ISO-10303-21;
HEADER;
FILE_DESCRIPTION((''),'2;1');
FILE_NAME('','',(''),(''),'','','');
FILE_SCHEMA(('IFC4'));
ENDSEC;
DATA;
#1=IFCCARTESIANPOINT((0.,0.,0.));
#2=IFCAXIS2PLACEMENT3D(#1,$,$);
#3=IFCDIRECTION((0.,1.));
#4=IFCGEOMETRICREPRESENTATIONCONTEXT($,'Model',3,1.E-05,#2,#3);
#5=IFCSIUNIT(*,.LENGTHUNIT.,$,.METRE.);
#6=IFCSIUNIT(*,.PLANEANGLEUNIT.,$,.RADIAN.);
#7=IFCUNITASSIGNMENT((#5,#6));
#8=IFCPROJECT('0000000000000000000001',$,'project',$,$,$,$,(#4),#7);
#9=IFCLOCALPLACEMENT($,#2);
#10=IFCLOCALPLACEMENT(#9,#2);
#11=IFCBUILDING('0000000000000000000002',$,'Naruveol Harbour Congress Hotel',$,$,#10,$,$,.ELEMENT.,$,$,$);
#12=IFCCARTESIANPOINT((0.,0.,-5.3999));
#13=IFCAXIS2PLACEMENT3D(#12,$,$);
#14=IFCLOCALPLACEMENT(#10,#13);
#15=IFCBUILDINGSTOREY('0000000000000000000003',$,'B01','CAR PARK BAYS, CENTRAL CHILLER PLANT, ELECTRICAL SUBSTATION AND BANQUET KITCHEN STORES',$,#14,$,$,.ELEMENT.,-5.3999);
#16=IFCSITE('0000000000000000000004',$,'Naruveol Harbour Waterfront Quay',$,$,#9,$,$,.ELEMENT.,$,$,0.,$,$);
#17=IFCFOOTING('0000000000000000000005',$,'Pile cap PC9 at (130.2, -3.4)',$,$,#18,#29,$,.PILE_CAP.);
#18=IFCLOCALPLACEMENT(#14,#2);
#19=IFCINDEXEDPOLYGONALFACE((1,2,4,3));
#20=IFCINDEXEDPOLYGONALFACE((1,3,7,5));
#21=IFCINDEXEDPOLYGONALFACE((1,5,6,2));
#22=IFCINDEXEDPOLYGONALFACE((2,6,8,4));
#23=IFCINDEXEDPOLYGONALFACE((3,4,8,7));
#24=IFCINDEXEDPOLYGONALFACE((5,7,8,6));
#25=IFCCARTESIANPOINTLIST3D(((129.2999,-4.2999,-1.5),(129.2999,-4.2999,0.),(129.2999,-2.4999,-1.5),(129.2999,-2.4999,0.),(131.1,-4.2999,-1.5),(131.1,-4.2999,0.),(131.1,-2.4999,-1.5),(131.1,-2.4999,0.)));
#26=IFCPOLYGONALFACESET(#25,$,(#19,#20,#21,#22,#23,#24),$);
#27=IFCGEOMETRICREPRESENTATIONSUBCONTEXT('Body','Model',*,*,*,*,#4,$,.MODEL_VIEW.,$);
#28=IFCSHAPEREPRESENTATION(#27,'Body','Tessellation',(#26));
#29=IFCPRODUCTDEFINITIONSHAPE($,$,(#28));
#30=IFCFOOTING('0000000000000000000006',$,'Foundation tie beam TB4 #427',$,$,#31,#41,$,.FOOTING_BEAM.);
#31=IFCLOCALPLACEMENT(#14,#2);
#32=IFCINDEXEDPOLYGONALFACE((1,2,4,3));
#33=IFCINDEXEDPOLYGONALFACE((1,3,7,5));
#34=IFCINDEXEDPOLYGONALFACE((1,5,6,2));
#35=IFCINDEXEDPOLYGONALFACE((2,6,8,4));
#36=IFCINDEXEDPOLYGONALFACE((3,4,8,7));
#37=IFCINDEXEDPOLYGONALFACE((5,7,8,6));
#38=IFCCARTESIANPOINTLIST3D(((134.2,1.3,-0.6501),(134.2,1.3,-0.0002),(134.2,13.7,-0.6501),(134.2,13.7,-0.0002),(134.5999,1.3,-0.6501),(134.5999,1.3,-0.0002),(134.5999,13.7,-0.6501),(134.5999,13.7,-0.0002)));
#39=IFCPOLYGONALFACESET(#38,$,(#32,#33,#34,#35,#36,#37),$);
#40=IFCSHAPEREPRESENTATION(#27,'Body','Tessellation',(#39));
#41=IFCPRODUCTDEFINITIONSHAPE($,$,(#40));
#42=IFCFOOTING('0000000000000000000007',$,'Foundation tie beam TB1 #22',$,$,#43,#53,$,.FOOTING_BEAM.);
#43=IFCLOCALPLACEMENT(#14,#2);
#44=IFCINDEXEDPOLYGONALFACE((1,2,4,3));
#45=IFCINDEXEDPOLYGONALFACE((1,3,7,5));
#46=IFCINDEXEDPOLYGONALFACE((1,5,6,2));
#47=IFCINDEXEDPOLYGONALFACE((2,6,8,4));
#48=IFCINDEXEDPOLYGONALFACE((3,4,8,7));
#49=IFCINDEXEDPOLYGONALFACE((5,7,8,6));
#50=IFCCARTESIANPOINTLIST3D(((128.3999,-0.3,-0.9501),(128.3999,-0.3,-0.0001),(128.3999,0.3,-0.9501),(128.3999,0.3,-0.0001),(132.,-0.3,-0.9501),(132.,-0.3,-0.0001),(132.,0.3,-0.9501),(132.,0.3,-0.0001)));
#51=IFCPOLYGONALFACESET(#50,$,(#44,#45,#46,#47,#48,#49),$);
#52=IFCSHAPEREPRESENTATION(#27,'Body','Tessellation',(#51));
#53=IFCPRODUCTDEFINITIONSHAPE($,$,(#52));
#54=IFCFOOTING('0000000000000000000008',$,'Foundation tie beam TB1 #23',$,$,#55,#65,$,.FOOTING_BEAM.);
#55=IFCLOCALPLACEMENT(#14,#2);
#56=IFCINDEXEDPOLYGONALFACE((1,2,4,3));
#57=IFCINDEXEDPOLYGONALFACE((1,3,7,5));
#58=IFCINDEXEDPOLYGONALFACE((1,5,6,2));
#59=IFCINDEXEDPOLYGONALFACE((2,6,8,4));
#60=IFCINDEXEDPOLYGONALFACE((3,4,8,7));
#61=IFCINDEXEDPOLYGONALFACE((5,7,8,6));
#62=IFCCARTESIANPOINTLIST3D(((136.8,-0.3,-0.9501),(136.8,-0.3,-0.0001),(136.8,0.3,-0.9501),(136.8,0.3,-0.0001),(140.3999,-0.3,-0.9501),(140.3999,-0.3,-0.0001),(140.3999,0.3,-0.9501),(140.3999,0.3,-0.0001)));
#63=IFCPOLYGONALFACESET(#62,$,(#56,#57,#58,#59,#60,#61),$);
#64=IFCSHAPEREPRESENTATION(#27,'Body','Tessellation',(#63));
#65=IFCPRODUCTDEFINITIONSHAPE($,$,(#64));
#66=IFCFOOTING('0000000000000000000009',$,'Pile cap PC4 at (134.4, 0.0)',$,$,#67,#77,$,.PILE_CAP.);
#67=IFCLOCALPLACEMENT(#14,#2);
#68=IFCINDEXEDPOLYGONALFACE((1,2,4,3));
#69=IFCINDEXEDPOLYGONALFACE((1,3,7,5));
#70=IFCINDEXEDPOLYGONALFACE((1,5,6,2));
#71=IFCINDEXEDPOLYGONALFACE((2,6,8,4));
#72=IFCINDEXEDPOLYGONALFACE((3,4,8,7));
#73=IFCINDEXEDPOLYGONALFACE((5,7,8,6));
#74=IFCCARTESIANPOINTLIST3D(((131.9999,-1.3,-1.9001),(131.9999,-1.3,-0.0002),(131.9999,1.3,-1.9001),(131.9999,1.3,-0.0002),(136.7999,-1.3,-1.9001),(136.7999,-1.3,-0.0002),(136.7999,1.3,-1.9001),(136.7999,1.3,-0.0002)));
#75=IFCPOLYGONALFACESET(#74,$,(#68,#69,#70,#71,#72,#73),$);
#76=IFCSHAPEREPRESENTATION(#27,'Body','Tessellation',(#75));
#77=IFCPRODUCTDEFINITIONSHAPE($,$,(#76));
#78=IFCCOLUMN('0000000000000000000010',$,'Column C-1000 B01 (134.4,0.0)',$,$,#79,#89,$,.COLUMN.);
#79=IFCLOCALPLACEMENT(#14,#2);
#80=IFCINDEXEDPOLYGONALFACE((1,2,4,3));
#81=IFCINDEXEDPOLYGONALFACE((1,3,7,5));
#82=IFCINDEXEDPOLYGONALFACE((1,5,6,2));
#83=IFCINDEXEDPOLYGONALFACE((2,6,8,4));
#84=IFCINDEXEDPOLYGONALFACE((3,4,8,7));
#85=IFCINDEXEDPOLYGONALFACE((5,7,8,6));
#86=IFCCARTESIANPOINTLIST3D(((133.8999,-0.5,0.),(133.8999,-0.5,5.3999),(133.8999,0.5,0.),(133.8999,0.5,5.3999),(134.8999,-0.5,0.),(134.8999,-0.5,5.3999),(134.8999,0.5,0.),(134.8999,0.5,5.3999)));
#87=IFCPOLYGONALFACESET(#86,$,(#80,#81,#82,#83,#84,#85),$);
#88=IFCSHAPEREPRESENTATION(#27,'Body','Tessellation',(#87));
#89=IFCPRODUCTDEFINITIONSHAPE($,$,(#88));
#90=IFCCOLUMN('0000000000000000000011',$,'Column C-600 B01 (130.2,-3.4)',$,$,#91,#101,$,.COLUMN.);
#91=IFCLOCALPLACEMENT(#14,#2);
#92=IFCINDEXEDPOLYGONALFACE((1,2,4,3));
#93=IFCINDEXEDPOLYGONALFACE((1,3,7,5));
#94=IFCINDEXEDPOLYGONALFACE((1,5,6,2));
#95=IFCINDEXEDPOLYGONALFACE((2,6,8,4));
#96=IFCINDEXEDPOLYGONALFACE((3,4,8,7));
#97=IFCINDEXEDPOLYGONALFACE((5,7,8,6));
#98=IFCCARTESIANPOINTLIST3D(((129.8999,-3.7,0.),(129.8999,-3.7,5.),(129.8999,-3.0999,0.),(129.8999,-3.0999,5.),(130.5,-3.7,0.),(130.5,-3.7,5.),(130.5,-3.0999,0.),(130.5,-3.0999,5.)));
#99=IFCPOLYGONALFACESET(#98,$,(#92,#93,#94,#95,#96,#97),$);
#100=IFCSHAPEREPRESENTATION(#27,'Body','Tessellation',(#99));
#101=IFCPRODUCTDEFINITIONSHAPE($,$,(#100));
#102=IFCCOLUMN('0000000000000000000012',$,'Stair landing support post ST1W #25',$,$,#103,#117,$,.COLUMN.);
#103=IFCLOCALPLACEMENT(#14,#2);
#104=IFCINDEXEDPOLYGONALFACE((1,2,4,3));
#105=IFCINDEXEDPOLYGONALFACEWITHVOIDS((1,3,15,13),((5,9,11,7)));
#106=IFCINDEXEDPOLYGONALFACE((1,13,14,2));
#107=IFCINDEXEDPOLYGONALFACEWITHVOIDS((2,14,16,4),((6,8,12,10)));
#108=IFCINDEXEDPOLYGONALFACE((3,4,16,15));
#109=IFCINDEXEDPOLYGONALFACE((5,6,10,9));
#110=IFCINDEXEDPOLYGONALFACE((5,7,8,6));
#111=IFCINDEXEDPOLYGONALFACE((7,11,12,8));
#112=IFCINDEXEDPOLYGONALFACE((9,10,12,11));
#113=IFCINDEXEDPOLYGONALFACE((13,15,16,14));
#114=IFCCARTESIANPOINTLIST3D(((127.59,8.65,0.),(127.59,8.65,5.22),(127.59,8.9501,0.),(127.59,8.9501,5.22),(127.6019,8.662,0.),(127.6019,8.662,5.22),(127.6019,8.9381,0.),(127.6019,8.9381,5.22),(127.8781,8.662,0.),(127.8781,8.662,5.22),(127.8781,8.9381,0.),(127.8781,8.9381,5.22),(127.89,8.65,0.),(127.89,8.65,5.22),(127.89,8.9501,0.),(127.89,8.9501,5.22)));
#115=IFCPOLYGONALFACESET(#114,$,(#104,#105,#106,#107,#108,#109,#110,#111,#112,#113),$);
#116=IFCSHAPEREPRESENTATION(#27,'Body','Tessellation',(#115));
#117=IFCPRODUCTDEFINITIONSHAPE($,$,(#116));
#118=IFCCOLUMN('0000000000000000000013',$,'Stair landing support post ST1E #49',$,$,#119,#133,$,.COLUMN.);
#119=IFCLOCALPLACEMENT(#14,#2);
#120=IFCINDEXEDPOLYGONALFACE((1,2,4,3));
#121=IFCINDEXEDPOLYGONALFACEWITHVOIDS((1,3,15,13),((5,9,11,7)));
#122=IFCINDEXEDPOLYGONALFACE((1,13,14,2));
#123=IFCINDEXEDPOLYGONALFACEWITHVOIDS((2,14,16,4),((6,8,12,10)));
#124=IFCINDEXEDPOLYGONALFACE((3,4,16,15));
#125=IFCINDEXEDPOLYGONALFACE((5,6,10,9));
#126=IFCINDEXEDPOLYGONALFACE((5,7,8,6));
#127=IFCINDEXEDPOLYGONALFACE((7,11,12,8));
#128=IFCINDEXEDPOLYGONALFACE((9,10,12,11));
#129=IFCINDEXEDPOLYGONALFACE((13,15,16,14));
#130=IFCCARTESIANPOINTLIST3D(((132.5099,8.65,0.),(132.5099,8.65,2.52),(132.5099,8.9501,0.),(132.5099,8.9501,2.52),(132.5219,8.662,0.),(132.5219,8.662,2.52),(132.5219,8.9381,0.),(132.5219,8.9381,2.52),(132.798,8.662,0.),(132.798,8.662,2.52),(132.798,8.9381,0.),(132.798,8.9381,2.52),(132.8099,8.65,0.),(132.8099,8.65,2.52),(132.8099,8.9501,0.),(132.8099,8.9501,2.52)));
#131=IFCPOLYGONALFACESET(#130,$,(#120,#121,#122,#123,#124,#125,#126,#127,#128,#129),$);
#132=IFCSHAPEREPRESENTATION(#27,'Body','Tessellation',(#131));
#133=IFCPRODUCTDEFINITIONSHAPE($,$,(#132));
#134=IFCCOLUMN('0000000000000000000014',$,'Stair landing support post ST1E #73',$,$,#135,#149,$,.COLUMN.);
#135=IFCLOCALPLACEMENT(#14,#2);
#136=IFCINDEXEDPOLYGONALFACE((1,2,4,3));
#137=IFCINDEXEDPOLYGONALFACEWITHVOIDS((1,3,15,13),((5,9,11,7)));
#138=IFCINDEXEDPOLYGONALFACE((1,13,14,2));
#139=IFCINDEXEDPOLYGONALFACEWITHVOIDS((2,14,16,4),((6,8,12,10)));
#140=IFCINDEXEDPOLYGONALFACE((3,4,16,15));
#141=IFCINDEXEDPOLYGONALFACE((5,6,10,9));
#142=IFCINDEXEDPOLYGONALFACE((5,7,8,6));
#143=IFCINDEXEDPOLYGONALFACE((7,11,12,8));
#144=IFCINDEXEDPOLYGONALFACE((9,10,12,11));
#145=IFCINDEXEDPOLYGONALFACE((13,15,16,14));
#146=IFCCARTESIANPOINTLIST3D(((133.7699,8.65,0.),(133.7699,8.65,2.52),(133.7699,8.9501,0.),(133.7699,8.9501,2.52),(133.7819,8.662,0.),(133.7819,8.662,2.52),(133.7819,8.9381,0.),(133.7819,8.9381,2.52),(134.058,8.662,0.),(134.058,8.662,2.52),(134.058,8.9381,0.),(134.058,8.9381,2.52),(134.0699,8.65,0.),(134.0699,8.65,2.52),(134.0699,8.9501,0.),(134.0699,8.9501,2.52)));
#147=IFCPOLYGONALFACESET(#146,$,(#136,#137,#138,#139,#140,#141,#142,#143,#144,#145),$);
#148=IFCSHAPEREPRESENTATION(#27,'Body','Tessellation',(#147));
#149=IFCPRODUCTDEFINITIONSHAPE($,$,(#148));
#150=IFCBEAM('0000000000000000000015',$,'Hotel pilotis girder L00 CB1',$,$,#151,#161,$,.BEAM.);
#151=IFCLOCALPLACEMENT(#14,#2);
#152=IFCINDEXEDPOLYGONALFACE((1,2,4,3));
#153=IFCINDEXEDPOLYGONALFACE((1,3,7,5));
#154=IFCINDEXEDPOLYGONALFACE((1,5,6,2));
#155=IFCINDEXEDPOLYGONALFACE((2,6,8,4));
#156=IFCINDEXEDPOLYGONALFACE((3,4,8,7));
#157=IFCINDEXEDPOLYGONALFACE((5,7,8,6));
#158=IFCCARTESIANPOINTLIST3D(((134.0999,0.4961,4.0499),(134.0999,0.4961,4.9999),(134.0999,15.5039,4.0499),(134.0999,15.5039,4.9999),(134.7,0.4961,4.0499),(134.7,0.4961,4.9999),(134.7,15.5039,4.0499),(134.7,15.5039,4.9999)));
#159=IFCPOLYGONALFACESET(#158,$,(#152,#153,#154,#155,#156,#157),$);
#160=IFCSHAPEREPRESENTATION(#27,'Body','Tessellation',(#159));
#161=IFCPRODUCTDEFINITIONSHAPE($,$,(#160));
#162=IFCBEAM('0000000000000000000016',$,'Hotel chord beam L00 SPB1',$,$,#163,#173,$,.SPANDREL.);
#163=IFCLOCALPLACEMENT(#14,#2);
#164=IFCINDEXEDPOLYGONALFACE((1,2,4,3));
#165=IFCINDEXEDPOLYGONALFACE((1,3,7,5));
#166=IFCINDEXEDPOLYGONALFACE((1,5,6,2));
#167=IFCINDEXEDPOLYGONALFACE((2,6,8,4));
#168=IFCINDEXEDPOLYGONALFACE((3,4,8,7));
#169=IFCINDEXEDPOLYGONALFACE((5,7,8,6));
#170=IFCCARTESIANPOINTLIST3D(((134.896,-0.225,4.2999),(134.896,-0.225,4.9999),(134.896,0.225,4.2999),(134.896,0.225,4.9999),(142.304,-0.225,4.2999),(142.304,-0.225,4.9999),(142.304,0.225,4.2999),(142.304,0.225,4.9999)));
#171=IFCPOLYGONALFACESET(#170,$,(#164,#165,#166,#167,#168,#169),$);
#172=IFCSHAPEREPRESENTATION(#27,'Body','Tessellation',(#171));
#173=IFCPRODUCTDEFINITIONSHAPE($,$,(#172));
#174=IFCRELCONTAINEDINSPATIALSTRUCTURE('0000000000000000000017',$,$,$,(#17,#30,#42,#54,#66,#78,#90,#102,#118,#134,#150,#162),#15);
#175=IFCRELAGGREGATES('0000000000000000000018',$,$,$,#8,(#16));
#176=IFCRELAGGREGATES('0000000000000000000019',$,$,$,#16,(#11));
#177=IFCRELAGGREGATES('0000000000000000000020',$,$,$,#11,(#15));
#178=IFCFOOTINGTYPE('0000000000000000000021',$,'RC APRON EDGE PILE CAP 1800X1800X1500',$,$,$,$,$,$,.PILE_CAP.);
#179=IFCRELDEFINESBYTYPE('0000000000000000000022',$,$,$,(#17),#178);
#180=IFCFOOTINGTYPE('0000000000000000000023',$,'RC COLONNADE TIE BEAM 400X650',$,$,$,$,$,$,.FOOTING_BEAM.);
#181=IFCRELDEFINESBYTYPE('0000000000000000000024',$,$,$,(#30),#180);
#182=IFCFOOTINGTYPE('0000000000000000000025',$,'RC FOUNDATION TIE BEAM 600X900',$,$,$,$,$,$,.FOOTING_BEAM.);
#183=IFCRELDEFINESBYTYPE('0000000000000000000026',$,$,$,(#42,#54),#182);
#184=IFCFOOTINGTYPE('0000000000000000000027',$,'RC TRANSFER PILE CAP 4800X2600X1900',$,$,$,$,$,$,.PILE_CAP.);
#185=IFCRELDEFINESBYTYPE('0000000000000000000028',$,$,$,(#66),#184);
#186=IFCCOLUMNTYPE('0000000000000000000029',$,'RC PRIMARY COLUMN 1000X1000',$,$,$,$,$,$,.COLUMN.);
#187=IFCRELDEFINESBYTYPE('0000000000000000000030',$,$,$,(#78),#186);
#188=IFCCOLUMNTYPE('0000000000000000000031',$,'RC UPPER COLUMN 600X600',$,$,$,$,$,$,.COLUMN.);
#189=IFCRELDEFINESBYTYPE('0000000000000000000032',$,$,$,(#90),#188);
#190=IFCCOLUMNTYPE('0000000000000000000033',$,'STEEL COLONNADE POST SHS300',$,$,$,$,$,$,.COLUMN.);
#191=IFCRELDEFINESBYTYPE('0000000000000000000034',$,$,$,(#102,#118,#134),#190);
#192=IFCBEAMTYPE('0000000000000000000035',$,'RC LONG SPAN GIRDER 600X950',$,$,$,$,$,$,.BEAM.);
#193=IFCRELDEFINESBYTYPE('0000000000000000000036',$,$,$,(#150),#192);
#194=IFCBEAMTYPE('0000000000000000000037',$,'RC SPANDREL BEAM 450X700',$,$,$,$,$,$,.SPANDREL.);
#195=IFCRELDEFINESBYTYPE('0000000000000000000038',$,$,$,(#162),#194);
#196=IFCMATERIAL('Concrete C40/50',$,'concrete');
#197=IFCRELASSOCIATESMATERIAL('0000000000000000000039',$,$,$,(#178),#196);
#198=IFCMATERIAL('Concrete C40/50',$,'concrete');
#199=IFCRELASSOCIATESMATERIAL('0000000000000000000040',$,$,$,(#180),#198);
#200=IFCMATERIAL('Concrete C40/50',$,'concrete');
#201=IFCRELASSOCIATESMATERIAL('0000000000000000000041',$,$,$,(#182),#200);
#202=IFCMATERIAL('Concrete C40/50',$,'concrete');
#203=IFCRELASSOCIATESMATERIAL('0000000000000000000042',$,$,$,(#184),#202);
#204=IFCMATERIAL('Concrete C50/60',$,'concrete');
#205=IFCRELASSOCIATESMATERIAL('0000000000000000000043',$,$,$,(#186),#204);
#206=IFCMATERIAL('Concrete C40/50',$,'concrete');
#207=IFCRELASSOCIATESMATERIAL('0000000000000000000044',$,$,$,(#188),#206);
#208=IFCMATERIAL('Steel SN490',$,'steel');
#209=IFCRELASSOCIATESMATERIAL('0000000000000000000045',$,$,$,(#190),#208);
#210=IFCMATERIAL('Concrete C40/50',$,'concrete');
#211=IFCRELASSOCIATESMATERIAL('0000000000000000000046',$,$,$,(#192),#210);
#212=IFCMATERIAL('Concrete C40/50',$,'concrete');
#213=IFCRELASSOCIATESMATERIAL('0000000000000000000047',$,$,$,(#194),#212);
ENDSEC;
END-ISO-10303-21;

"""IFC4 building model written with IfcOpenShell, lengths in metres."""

from ifc_helpers import new_model, si_unit, direction, frame, origin, origin_2d, place, context, subcontext, project, spatial, rectangle, hollow_rectangle, extrude, material, material_profile, profile_set, type_object, element, save


model = new_model("IFC4")

# Units and contexts
model_context = context("Model", 3, precision=1e-05, world=origin(), true_north=direction((0.0, 1.0)))
body_context = subcontext(model_context, "Body", "Model", "MODEL_VIEW")
ifc_project = project(units=[si_unit("LENGTHUNIT", "METRE"), si_unit("PLANEANGLEUNIT", "RADIAN")], contexts=[model_context])

# Site, building, storey
site_placement = place(None, origin())
site = spatial("IfcSite", under=ifc_project, at=site_placement, Name="Naruveol Harbour Waterfront Quay", CompositionType="ELEMENT", RefElevation=0.0)
building_placement = place(site_placement, origin())
building = spatial("IfcBuilding", under=site, at=building_placement, Name="Naruveol Harbour Congress Hotel", CompositionType="ELEMENT")
storey_placement = place(building_placement, frame((0.0, 0.0, -5.3999)))
storey = spatial("IfcBuildingStorey", under=building, at=storey_placement, Name="B01", Description="CAR PARK BAYS, CENTRAL CHILLER PLANT, ELECTRICAL SUBSTATION AND BANQUET KITCHEN STORES", CompositionType="ELEMENT", Elevation=-5.3999)

# Footings
ifc_material_1 = material(Name="Concrete C40/50", Category="concrete")
footing_type_1 = type_object("IfcFootingType", Name="RC APRON EDGE PILE CAP 1800X1800X1500", PredefinedType="PILE_CAP", material=ifc_material_1)
footing_1_placement = place(storey_placement, frame((130.2, -3.3999, -1.5), z_axis=(0.0, 0.0, 1.0), x_axis=(1.0, 0.0, 0.0)))
element("IfcFooting", 1, at=footing_1_placement, inside=storey, type_object=footing_type_1, Name="Pile cap PC9 at (130.2, -3.4)", PredefinedType="PILE_CAP", context=body_context, shape_type="SweptSolid", body=[
    extrude(rectangle(XDim=1.8, YDim=1.8, at=origin_2d()), origin(), (0.0, 0.0, 1.0), 1.5),
])
ifc_material_2 = material(Name="Concrete C40/50", Category="concrete")
ifc_material_profile_1 = material_profile(ifc_material_2, rectangle(XDim=0.3999, YDim=0.6499, at=origin_2d()), Name="RCB-400x650")
ifc_profile_set_1 = profile_set([ifc_material_profile_1], Name="Concrete C40/50")
footing_type_2 = type_object("IfcFootingType", Name="RC COLONNADE TIE BEAM 400X650", PredefinedType="FOOTING_BEAM", material=ifc_profile_set_1)
footing_2_placement = place(storey_placement, frame((134.3999, 1.3, -0.3252), z_axis=(0.0, 1.0, 0.0), x_axis=(-1.0, 0.0, 0.0)))
element("IfcFooting", 2, at=footing_2_placement, inside=storey, type_object=footing_type_2, Name="Foundation tie beam TB4 #427", PredefinedType="FOOTING_BEAM", context=body_context, shape_type="SweptSolid", body=[
    extrude(rectangle(XDim=0.3999, YDim=0.6499, at=origin_2d()), origin(), (0.0, 0.0, 1.0), 12.3999),
])
ifc_material_3 = material(Name="Concrete C40/50", Category="concrete")
ifc_material_profile_2 = material_profile(ifc_material_3, rectangle(XDim=0.6001, YDim=0.95, at=origin_2d()), Name="RCB-600x950")
ifc_profile_set_2 = profile_set([ifc_material_profile_2], Name="Concrete C40/50")
footing_type_3 = type_object("IfcFootingType", Name="RC FOUNDATION TIE BEAM 600X900", PredefinedType="FOOTING_BEAM", material=ifc_profile_set_2)
footing_3_placement = place(storey_placement, frame((128.3999, 0.0, -0.4751), z_axis=(1.0, 0.0, 0.0), x_axis=(0.0, 1.0, 0.0)))
element("IfcFooting", 3, at=footing_3_placement, inside=storey, type_object=footing_type_3, Name="Foundation tie beam TB1 #22", PredefinedType="FOOTING_BEAM", context=body_context, shape_type="SweptSolid", body=[
    extrude(rectangle(XDim=0.6001, YDim=0.95, at=origin_2d()), origin(), (0.0, 0.0, 1.0), 3.6001),
])
footing_4_placement = place(storey_placement, frame((136.8, 0.0, -0.4751), z_axis=(1.0, 0.0, 0.0), x_axis=(0.0, 1.0, 0.0)))
element("IfcFooting", 4, at=footing_4_placement, inside=storey, type_object=footing_type_3, Name="Foundation tie beam TB1 #23", PredefinedType="FOOTING_BEAM", context=body_context, shape_type="SweptSolid", body=[
    extrude(rectangle(XDim=0.6001, YDim=0.95, at=origin_2d()), origin(), (0.0, 0.0, 1.0), 3.5999),
])
ifc_material_4 = material(Name="Concrete C40/50", Category="concrete")
footing_type_4 = type_object("IfcFootingType", Name="RC TRANSFER PILE CAP 4800X2600X1900", PredefinedType="PILE_CAP", material=ifc_material_4)
footing_5_placement = place(storey_placement, frame((134.3999, 0.0, -1.9001), z_axis=(0.0, 0.0, 1.0), x_axis=(1.0, 0.0, 0.0)))
element("IfcFooting", 5, at=footing_5_placement, inside=storey, type_object=footing_type_4, Name="Pile cap PC4 at (134.4, 0.0)", PredefinedType="PILE_CAP", context=body_context, shape_type="SweptSolid", body=[
    extrude(rectangle(XDim=4.8, YDim=2.6001, at=origin_2d()), origin(), (0.0, 0.0, 1.0), 1.8999),
])

# Columns
ifc_material_5 = material(Name="Concrete C50/60", Category="concrete")
ifc_material_profile_3 = material_profile(ifc_material_5, rectangle(XDim=1.0, YDim=1.0, at=origin_2d()), Name="RC-1000x1000")
ifc_profile_set_3 = profile_set([ifc_material_profile_3], Name="Concrete C50/60")
column_type_1 = type_object("IfcColumnType", Name="RC PRIMARY COLUMN 1000X1000", PredefinedType="COLUMN", material=ifc_profile_set_3)
column_1_placement = place(storey_placement, frame((134.3999, 0.0, 0.0), z_axis=(0.0, 0.0, 1.0), x_axis=(1.0, 0.0, 0.0)))
element("IfcColumn", 6, at=column_1_placement, inside=storey, type_object=column_type_1, Name="Column C-1000 B01 (134.4,0.0)", PredefinedType="COLUMN", context=body_context, shape_type="SweptSolid", body=[
    extrude(rectangle(XDim=1.0, YDim=1.0, at=origin_2d()), origin(), (0.0, 0.0, 1.0), 5.3999),
])
ifc_material_6 = material(Name="Concrete C40/50", Category="concrete")
ifc_material_profile_4 = material_profile(ifc_material_6, rectangle(XDim=0.6001, YDim=0.6001, at=origin_2d()), Name="RC-600x600")
ifc_profile_set_4 = profile_set([ifc_material_profile_4], Name="Concrete C40/50")
column_type_2 = type_object("IfcColumnType", Name="RC UPPER COLUMN 600X600", PredefinedType="COLUMN", material=ifc_profile_set_4)
column_2_placement = place(storey_placement, frame((130.2, -3.3999, 0.0), z_axis=(0.0, 0.0, 1.0), x_axis=(1.0, 0.0, 0.0)))
element("IfcColumn", 7, at=column_2_placement, inside=storey, type_object=column_type_2, Name="Column C-600 B01 (130.2,-3.4)", PredefinedType="COLUMN", context=body_context, shape_type="SweptSolid", body=[
    extrude(rectangle(XDim=0.6001, YDim=0.6001, at=origin_2d()), origin(), (0.0, 0.0, 1.0), 5.0),
])
ifc_material_7 = material(Name="Steel SN490", Category="steel")
ifc_material_profile_5 = material_profile(ifc_material_7, hollow_rectangle(XDim=0.3, YDim=0.3, WallThickness=0.012, at=origin_2d()), Name="SHS-300x300x12")
ifc_profile_set_5 = profile_set([ifc_material_profile_5], Name="Steel SN490")
column_type_3 = type_object("IfcColumnType", Name="STEEL COLONNADE POST SHS300", PredefinedType="COLUMN", material=ifc_profile_set_5)
column_3_placement = place(storey_placement, frame((127.74, 8.8, 0.0), z_axis=(0.0, 0.0, 1.0), x_axis=(1.0, 0.0, 0.0)))
element("IfcColumn", 8, at=column_3_placement, inside=storey, type_object=column_type_3, Name="Stair landing support post ST1W #25", PredefinedType="COLUMN", context=body_context, shape_type="SweptSolid", body=[
    extrude(hollow_rectangle(XDim=0.3, YDim=0.3, WallThickness=0.012, at=origin_2d()), origin(), (0.0, 0.0, 1.0), 5.22),
])
for number, where, z_axis, x_axis, name in (
    (9, (132.6599, 8.8, 0.0), (0.0, 0.0, 1.0), (1.0, 0.0, 0.0), "Stair landing support post ST1E #49"),
    (10, (133.9199, 8.8, 0.0), (0.0, 0.0, 1.0), (1.0, 0.0, 0.0), "Stair landing support post ST1E #73"),
):
    element("IfcColumn", number, at=place(storey_placement, frame(where, z_axis=z_axis, x_axis=x_axis)), inside=storey, type_object=column_type_3, Name=name, PredefinedType="COLUMN", context=body_context, shape_type="SweptSolid", body=[
        extrude(hollow_rectangle(XDim=0.3, YDim=0.3, WallThickness=0.012, at=origin_2d()), origin(), (0.0, 0.0, 1.0), 2.52),
    ])

# Beams
ifc_material_8 = material(Name="Concrete C40/50", Category="concrete")
ifc_material_profile_6 = material_profile(ifc_material_8, rectangle(XDim=0.6001, YDim=0.95, at=origin_2d()), Name="RCB-600x950")
ifc_profile_set_6 = profile_set([ifc_material_profile_6], Name="Concrete C40/50")
beam_type_1 = type_object("IfcBeamType", Name="RC LONG SPAN GIRDER 600X950", PredefinedType="BEAM", material=ifc_profile_set_6)
beam_1_placement = place(storey_placement, frame((134.3999, 0.4961, 4.5249), z_axis=(0.0, 1.0, 0.0), x_axis=(-1.0, 0.0, 0.0)))
element("IfcBeam", 11, at=beam_1_placement, inside=storey, type_object=beam_type_1, Name="Hotel pilotis girder L00 CB1", PredefinedType="BEAM", context=body_context, shape_type="SweptSolid", body=[
    extrude(rectangle(XDim=0.6001, YDim=0.95, at=origin_2d()), origin(), (0.0, 0.0, 1.0), 15.0078),
])
ifc_material_9 = material(Name="Concrete C40/50", Category="concrete")
ifc_material_profile_7 = material_profile(ifc_material_9, rectangle(XDim=0.45, YDim=0.7, at=origin_2d()), Name="RCB-450x700")
ifc_profile_set_7 = profile_set([ifc_material_profile_7], Name="Concrete C40/50")
beam_type_2 = type_object("IfcBeamType", Name="RC SPANDREL BEAM 450X700", PredefinedType="SPANDREL", material=ifc_profile_set_7)
beam_2_placement = place(storey_placement, frame((134.896, 0.0, 4.6499), z_axis=(1.0, 0.0, 0.0), x_axis=(0.0, 1.0, 0.0)))
element("IfcBeam", 12, at=beam_2_placement, inside=storey, type_object=beam_type_2, Name="Hotel chord beam L00 SPB1", PredefinedType="SPANDREL", context=body_context, shape_type="SweptSolid", body=[
    extrude(rectangle(XDim=0.45, YDim=0.7, at=origin_2d()), origin(), (0.0, 0.0, 1.0), 7.408),
])

save(model, "model.ifc")
